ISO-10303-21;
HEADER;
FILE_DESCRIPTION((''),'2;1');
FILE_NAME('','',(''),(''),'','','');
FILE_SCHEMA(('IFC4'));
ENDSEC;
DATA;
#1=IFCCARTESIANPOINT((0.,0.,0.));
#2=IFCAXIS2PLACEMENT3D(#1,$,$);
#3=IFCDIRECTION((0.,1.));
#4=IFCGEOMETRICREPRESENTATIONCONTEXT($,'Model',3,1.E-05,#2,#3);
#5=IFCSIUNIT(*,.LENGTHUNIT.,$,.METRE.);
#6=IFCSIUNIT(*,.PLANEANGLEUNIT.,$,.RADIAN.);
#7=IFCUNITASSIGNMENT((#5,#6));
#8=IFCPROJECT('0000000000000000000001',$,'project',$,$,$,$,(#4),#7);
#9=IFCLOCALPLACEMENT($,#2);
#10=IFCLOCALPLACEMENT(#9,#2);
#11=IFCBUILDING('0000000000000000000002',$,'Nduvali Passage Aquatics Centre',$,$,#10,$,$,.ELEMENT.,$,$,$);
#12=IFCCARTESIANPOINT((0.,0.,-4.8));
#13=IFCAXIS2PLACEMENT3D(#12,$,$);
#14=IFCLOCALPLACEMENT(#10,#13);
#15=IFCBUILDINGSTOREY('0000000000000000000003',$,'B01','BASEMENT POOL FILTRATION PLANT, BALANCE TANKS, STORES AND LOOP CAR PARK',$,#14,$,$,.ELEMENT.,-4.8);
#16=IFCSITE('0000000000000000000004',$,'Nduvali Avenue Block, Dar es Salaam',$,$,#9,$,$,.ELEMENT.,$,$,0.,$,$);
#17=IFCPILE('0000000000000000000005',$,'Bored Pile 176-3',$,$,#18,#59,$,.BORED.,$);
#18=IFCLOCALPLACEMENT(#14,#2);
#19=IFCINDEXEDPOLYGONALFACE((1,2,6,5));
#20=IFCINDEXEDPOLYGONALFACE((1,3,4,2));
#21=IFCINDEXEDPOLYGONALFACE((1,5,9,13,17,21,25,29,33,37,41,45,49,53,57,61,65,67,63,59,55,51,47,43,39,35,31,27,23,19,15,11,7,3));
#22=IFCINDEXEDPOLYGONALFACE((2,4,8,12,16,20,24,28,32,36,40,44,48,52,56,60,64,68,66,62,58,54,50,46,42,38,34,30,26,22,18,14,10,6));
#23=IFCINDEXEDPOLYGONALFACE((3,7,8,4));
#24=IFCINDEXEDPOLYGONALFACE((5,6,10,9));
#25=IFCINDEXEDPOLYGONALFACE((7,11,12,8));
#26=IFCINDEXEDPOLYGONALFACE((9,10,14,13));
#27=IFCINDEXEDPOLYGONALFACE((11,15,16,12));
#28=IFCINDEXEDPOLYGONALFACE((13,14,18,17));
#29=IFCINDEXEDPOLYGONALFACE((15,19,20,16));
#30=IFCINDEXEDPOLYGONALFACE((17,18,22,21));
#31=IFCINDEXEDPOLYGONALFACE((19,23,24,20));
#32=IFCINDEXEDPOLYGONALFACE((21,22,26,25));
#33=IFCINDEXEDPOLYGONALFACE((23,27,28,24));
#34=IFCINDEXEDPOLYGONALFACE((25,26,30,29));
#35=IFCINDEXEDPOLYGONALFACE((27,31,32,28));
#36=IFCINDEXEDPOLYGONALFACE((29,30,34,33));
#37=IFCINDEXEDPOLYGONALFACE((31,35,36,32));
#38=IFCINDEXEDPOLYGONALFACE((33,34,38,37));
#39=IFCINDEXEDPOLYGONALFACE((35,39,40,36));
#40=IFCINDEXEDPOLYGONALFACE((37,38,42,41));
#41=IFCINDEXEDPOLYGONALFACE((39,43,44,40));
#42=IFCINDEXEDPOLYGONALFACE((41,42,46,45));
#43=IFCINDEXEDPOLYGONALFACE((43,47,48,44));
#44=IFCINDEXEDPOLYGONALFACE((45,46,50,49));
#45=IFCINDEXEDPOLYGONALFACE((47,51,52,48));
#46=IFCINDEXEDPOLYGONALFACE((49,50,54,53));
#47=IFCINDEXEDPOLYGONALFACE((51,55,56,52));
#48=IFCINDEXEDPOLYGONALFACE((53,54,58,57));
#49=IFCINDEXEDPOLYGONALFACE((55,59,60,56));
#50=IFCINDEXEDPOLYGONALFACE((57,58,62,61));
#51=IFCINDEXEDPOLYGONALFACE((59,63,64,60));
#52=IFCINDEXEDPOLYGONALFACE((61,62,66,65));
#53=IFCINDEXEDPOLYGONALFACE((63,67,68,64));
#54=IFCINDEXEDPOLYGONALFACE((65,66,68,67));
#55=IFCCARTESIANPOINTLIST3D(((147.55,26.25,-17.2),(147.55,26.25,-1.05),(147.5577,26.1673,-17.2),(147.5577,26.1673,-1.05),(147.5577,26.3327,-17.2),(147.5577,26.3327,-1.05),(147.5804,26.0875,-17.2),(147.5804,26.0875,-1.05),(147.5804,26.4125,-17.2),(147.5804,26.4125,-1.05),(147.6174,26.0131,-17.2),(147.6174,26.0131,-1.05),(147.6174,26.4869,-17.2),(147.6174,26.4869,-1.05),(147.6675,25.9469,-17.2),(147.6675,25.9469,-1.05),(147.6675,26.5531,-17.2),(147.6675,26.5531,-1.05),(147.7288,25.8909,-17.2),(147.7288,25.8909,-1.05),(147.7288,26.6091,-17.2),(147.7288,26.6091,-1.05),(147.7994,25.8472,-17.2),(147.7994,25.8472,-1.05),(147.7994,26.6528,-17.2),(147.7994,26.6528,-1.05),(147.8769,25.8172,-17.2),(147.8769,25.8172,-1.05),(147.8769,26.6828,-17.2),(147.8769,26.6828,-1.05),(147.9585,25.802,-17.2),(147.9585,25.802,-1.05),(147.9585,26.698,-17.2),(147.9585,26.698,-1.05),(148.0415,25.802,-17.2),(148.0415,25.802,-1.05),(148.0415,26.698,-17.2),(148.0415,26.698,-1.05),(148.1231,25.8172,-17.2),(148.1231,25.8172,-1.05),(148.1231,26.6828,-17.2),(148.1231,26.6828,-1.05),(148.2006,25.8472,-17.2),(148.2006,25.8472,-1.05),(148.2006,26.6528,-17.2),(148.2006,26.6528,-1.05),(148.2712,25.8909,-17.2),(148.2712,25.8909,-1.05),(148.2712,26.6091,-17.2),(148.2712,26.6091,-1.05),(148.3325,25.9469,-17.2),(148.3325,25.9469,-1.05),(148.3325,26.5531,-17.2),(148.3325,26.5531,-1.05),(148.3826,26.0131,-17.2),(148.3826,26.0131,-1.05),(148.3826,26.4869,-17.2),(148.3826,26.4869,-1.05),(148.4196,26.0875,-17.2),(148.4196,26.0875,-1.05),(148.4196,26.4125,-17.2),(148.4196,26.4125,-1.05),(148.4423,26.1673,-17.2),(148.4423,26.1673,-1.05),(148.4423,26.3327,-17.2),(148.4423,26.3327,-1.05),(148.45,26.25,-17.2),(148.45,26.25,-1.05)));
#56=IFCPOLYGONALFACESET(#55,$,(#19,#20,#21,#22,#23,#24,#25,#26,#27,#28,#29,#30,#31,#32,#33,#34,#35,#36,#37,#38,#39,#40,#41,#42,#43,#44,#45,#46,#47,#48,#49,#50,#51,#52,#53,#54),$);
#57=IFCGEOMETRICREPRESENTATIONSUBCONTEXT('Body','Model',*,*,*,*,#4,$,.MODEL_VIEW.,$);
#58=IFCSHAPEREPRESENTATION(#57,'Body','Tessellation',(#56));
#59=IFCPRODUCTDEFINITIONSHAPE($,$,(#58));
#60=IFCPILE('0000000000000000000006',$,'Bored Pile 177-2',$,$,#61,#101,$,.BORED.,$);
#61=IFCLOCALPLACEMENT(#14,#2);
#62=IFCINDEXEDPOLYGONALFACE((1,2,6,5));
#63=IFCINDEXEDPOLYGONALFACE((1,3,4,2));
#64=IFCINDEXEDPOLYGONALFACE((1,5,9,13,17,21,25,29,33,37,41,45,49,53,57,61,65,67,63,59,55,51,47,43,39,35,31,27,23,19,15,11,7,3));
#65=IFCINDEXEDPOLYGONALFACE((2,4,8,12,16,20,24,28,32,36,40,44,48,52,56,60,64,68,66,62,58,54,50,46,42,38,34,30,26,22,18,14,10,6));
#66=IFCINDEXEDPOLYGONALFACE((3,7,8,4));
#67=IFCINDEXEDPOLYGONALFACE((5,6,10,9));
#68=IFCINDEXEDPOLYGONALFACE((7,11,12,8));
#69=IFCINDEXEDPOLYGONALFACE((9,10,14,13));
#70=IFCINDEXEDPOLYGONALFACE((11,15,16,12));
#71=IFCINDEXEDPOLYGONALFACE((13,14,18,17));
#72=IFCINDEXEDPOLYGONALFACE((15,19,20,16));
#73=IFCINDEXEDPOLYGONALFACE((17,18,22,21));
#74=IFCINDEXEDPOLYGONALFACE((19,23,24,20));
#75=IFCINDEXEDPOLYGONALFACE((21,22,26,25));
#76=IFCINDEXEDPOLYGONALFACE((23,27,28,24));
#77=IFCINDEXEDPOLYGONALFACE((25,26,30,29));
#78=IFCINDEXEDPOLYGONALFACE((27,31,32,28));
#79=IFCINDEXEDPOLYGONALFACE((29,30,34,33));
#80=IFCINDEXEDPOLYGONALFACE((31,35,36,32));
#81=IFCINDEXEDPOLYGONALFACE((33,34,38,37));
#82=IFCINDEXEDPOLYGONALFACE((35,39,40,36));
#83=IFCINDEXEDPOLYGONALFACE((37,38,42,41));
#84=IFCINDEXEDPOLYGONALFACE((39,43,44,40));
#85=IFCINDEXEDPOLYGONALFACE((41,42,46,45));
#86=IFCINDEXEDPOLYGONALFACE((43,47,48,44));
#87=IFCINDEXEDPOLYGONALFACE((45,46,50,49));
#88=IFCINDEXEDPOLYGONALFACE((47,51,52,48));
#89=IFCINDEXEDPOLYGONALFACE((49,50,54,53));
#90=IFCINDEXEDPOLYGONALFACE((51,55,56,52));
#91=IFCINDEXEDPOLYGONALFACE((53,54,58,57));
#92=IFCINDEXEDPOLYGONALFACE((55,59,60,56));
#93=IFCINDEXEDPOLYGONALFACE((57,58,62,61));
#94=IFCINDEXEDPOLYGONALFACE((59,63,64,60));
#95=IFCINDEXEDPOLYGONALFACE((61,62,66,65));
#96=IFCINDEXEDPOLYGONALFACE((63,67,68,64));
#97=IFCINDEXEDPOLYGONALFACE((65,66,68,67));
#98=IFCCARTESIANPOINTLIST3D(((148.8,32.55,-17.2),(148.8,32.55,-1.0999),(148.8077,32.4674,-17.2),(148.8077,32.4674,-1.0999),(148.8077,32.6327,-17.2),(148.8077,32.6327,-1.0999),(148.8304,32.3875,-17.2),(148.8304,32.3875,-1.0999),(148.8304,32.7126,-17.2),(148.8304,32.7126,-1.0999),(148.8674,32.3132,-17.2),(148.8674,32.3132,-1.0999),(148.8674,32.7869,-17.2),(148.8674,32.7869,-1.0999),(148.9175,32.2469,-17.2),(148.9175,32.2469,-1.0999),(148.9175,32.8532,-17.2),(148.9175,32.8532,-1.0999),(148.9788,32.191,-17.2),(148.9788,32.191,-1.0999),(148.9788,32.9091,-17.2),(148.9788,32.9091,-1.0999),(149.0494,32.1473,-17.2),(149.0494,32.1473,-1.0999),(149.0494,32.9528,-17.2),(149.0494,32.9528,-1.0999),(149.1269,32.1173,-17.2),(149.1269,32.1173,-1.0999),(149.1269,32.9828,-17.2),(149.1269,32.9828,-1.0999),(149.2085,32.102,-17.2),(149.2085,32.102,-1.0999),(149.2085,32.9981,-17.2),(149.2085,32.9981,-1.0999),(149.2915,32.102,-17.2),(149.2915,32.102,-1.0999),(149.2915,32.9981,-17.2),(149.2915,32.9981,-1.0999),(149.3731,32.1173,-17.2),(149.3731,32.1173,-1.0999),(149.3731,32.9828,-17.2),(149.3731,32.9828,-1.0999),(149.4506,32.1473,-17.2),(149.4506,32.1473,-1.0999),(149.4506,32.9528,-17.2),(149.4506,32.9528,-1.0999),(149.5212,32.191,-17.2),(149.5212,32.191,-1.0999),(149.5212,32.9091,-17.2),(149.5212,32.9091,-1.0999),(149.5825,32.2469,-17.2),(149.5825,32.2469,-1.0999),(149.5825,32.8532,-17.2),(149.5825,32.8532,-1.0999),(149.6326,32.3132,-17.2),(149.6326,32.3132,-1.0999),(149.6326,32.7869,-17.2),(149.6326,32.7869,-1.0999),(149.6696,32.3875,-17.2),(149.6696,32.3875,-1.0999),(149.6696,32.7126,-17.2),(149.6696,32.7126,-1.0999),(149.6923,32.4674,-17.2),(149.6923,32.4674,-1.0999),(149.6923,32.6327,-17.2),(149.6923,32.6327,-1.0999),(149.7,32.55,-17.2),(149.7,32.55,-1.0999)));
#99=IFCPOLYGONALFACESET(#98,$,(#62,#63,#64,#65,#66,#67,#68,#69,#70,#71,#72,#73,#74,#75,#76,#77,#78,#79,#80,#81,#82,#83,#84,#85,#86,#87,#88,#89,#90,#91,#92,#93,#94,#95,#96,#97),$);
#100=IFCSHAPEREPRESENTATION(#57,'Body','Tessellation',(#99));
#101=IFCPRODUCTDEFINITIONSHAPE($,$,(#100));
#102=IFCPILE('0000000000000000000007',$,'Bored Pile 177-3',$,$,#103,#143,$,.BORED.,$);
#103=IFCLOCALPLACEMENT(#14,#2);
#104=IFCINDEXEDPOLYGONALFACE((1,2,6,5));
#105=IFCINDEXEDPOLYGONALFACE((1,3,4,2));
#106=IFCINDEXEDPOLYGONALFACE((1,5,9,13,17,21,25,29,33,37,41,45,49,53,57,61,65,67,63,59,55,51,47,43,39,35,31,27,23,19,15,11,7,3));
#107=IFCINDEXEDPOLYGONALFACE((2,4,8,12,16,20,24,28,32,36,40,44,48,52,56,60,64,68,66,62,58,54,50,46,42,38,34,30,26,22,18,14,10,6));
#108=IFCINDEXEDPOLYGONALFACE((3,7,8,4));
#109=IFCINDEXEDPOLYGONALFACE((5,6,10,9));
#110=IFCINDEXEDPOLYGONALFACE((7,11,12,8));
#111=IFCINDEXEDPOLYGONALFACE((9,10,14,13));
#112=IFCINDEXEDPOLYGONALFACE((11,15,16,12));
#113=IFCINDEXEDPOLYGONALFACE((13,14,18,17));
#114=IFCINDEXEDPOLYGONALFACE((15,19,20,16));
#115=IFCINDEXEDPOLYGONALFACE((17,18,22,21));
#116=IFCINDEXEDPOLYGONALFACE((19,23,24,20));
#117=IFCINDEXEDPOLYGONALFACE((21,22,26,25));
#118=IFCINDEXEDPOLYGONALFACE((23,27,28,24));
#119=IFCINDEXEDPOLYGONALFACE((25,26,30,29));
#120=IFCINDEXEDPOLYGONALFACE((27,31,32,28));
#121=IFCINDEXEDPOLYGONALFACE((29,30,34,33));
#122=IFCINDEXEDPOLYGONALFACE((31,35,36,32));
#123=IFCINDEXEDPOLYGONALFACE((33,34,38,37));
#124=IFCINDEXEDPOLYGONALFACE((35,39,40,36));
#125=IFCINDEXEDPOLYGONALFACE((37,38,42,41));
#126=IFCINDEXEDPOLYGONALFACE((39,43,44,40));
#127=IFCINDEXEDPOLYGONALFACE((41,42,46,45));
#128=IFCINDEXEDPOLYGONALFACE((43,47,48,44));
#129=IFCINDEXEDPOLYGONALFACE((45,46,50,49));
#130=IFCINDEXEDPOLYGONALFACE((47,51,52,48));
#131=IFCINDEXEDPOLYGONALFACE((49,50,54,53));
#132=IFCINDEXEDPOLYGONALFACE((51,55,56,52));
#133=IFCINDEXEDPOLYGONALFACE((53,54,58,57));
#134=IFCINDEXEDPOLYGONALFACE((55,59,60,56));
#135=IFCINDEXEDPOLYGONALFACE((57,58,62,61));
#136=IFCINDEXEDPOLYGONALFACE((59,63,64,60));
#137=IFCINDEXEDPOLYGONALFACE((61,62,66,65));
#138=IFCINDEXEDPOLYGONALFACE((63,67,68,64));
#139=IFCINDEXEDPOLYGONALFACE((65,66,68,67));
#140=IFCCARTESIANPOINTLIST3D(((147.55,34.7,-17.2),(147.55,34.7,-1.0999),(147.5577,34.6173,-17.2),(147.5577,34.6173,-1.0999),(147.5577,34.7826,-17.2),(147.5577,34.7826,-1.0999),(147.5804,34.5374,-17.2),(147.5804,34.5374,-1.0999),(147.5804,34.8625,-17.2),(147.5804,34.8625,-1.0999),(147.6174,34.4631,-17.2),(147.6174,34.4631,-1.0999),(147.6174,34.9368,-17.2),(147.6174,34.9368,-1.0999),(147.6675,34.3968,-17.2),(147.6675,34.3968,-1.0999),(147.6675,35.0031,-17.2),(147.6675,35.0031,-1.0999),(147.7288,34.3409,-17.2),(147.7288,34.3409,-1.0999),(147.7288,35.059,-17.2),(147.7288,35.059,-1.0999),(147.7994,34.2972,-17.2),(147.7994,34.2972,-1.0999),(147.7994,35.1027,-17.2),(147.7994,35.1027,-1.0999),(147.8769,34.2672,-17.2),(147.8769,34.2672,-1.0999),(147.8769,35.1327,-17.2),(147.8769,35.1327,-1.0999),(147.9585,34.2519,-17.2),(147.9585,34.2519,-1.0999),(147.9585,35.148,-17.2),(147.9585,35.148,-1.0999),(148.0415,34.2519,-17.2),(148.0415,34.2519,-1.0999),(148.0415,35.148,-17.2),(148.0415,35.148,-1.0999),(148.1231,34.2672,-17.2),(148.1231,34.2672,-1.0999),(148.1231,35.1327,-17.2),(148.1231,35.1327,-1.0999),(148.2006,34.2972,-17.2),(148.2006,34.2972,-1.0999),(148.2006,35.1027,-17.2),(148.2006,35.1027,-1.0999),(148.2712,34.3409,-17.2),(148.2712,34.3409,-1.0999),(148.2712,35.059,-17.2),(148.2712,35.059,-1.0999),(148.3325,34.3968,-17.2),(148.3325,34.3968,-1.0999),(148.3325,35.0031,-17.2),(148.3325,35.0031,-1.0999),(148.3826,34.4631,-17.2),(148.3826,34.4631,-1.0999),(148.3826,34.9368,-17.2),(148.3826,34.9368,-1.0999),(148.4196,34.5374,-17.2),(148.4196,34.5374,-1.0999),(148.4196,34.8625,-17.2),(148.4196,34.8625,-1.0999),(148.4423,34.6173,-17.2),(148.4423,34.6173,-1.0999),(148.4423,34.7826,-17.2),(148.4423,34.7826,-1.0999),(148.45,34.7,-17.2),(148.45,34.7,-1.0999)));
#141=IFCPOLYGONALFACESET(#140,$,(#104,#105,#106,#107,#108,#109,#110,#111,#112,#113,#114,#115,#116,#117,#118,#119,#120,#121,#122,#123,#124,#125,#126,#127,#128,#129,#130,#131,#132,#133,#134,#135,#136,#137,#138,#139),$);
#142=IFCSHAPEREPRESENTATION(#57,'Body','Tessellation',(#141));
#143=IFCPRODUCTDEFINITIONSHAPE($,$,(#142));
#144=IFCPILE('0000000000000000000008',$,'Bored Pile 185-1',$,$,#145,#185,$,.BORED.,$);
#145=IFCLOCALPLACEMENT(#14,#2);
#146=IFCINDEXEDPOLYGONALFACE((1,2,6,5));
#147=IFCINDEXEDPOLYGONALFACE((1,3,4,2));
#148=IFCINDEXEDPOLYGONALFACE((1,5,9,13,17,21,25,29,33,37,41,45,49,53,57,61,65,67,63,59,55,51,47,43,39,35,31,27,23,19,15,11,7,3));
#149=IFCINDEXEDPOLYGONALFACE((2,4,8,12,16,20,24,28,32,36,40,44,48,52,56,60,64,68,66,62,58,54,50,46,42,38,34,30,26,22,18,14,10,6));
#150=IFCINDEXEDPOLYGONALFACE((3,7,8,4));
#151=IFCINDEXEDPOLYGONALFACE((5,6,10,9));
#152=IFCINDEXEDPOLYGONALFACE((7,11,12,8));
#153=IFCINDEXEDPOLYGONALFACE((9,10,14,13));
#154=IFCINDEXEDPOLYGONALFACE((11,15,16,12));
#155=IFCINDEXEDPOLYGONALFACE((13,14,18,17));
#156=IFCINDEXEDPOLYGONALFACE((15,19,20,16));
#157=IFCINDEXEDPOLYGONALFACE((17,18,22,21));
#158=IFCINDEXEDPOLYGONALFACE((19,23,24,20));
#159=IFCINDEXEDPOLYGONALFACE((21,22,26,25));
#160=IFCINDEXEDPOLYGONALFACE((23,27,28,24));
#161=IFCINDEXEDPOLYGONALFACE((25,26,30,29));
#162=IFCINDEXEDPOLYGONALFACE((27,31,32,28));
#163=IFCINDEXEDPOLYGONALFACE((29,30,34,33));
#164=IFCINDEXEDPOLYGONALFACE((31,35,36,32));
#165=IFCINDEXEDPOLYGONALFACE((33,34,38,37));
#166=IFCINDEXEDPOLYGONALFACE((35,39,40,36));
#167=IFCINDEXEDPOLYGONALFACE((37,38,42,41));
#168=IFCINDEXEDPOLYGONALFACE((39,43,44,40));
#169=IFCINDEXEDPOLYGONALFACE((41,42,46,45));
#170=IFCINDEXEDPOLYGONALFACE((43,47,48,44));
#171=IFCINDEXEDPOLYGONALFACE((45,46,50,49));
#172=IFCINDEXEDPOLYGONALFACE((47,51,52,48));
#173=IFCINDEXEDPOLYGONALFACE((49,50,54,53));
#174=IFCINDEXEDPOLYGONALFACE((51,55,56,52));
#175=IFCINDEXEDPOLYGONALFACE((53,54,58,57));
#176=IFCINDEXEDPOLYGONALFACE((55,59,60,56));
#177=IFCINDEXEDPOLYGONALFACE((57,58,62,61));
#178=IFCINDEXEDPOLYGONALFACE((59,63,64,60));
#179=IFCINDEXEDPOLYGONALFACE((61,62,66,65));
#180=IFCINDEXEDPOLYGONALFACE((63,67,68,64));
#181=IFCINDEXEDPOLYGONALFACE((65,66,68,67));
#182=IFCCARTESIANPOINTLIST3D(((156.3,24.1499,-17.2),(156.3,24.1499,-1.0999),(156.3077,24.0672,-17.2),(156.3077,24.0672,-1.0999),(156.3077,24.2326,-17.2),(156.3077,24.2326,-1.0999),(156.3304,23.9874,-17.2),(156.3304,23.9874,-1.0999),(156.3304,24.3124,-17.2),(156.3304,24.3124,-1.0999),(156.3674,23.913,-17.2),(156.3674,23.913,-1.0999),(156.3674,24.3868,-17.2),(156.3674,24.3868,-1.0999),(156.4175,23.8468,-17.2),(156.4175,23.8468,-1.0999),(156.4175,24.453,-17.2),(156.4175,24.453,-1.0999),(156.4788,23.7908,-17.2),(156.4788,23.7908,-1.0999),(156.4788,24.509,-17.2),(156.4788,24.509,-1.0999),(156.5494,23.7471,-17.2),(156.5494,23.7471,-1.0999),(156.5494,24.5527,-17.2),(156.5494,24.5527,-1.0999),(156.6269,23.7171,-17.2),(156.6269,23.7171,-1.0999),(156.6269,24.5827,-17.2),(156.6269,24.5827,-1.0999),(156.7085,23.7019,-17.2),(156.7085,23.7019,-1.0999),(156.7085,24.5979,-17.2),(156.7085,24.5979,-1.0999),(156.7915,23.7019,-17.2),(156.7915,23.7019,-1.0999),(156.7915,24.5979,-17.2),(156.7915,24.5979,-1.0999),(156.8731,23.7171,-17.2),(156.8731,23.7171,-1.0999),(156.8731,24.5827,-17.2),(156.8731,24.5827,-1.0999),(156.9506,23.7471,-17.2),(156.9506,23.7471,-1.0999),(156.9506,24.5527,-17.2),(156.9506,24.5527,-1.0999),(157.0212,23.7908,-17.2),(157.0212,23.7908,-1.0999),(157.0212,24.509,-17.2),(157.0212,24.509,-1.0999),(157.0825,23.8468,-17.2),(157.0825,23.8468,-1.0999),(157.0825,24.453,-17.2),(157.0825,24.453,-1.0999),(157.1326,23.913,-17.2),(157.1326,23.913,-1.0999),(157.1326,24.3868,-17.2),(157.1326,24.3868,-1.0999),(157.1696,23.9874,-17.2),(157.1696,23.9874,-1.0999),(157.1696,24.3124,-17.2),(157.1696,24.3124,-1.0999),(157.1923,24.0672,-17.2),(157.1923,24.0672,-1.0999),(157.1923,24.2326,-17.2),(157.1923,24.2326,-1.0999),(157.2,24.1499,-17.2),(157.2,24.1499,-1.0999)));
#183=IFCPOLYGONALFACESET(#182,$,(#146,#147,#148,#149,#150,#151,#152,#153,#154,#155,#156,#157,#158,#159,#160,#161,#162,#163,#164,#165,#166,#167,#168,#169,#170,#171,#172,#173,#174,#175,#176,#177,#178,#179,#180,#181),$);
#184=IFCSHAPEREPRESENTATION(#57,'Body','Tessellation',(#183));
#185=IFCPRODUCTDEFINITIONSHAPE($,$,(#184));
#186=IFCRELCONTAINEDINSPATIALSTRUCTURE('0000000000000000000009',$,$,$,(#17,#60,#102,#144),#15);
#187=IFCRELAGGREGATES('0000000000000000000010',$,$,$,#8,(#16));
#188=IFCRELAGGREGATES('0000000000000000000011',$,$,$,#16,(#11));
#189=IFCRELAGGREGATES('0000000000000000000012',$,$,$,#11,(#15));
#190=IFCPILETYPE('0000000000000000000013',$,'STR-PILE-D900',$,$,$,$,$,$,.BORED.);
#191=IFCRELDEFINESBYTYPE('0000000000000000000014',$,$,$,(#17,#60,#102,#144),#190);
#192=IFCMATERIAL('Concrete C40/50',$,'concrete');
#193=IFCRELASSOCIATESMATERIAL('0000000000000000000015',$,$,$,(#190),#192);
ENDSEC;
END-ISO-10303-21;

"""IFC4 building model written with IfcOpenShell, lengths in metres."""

from ifc_helpers import new_model, si_unit, direction, frame, origin, origin_2d, place, context, subcontext, project, spatial, circle, extrude, material, material_profile, profile_set, type_object, element, save


model = new_model("IFC4")

# Units and contexts
model_context = context("Model", 3, precision=1e-05, world=origin(), true_north=direction((0.0, 1.0)))
body_context = subcontext(model_context, "Body", "Model", "MODEL_VIEW")
ifc_project = project(units=[si_unit("LENGTHUNIT", "METRE"), si_unit("PLANEANGLEUNIT", "RADIAN")], contexts=[model_context])

# Site, building, storey
site_placement = place(None, origin())
site = spatial("IfcSite", under=ifc_project, at=site_placement, Name="Nduvali Avenue Block, Dar es Salaam", CompositionType="ELEMENT", RefElevation=0.0)
building_placement = place(site_placement, origin())
building = spatial("IfcBuilding", under=site, at=building_placement, Name="Nduvali Passage Aquatics Centre", CompositionType="ELEMENT")
storey_placement = place(building_placement, frame((0.0, 0.0, -4.8)))
storey = spatial("IfcBuildingStorey", under=building, at=storey_placement, Name="B01", Description="BASEMENT POOL FILTRATION PLANT, BALANCE TANKS, STORES AND LOOP CAR PARK", CompositionType="ELEMENT", Elevation=-4.8)

# Shared definitions
ifc_material = material(Name="Concrete C40/50", Category="concrete")

# Piles
ifc_material_profile_1 = material_profile(ifc_material, circle(Radius=0.45, at=origin_2d()), Name="PILE D900")
ifc_profile_set_1 = profile_set([ifc_material_profile_1], Name="Concrete C40/50")
pile_type = type_object("IfcPileType", Name="STR-PILE-D900", PredefinedType="BORED", material=ifc_profile_set_1)
for number, where, z_axis, x_axis, name in (
    (1, (148.0, 26.25, -1.05), (0.0, 0.0, -1.0), (1.0, 0.0, 0.0), "Bored Pile 176-3"),
):
    element("IfcPile", number, at=place(storey_placement, frame(where, z_axis=z_axis, x_axis=x_axis)), inside=storey, type_object=pile_type, Name=name, PredefinedType="BORED", context=body_context, shape_type="SweptSolid", body=[
        extrude(circle(Radius=0.45, at=origin_2d()), origin(), (0.0, 0.0, 1.0), 16.1499),
    ])
for number, where, z_axis, x_axis, name in (
    (2, (149.25, 32.55, -1.0999), (0.0, 0.0, -1.0), (1.0, 0.0, 0.0), "Bored Pile 177-2"),
    (3, (148.0, 34.7, -1.0999), (0.0, 0.0, -1.0), (1.0, 0.0, 0.0), "Bored Pile 177-3"),
    (4, (156.75, 24.1499, -1.0999), (0.0, 0.0, -1.0), (1.0, 0.0, 0.0), "Bored Pile 185-1"),
):
    element("IfcPile", number, at=place(storey_placement, frame(where, z_axis=z_axis, x_axis=x_axis)), inside=storey, type_object=pile_type, Name=name, PredefinedType="BORED", context=body_context, shape_type="SweptSolid", body=[
        extrude(circle(Radius=0.45, at=origin_2d()), origin(), (0.0, 0.0, 1.0), 16.1001),
    ])

save(model, "model.ifc")
